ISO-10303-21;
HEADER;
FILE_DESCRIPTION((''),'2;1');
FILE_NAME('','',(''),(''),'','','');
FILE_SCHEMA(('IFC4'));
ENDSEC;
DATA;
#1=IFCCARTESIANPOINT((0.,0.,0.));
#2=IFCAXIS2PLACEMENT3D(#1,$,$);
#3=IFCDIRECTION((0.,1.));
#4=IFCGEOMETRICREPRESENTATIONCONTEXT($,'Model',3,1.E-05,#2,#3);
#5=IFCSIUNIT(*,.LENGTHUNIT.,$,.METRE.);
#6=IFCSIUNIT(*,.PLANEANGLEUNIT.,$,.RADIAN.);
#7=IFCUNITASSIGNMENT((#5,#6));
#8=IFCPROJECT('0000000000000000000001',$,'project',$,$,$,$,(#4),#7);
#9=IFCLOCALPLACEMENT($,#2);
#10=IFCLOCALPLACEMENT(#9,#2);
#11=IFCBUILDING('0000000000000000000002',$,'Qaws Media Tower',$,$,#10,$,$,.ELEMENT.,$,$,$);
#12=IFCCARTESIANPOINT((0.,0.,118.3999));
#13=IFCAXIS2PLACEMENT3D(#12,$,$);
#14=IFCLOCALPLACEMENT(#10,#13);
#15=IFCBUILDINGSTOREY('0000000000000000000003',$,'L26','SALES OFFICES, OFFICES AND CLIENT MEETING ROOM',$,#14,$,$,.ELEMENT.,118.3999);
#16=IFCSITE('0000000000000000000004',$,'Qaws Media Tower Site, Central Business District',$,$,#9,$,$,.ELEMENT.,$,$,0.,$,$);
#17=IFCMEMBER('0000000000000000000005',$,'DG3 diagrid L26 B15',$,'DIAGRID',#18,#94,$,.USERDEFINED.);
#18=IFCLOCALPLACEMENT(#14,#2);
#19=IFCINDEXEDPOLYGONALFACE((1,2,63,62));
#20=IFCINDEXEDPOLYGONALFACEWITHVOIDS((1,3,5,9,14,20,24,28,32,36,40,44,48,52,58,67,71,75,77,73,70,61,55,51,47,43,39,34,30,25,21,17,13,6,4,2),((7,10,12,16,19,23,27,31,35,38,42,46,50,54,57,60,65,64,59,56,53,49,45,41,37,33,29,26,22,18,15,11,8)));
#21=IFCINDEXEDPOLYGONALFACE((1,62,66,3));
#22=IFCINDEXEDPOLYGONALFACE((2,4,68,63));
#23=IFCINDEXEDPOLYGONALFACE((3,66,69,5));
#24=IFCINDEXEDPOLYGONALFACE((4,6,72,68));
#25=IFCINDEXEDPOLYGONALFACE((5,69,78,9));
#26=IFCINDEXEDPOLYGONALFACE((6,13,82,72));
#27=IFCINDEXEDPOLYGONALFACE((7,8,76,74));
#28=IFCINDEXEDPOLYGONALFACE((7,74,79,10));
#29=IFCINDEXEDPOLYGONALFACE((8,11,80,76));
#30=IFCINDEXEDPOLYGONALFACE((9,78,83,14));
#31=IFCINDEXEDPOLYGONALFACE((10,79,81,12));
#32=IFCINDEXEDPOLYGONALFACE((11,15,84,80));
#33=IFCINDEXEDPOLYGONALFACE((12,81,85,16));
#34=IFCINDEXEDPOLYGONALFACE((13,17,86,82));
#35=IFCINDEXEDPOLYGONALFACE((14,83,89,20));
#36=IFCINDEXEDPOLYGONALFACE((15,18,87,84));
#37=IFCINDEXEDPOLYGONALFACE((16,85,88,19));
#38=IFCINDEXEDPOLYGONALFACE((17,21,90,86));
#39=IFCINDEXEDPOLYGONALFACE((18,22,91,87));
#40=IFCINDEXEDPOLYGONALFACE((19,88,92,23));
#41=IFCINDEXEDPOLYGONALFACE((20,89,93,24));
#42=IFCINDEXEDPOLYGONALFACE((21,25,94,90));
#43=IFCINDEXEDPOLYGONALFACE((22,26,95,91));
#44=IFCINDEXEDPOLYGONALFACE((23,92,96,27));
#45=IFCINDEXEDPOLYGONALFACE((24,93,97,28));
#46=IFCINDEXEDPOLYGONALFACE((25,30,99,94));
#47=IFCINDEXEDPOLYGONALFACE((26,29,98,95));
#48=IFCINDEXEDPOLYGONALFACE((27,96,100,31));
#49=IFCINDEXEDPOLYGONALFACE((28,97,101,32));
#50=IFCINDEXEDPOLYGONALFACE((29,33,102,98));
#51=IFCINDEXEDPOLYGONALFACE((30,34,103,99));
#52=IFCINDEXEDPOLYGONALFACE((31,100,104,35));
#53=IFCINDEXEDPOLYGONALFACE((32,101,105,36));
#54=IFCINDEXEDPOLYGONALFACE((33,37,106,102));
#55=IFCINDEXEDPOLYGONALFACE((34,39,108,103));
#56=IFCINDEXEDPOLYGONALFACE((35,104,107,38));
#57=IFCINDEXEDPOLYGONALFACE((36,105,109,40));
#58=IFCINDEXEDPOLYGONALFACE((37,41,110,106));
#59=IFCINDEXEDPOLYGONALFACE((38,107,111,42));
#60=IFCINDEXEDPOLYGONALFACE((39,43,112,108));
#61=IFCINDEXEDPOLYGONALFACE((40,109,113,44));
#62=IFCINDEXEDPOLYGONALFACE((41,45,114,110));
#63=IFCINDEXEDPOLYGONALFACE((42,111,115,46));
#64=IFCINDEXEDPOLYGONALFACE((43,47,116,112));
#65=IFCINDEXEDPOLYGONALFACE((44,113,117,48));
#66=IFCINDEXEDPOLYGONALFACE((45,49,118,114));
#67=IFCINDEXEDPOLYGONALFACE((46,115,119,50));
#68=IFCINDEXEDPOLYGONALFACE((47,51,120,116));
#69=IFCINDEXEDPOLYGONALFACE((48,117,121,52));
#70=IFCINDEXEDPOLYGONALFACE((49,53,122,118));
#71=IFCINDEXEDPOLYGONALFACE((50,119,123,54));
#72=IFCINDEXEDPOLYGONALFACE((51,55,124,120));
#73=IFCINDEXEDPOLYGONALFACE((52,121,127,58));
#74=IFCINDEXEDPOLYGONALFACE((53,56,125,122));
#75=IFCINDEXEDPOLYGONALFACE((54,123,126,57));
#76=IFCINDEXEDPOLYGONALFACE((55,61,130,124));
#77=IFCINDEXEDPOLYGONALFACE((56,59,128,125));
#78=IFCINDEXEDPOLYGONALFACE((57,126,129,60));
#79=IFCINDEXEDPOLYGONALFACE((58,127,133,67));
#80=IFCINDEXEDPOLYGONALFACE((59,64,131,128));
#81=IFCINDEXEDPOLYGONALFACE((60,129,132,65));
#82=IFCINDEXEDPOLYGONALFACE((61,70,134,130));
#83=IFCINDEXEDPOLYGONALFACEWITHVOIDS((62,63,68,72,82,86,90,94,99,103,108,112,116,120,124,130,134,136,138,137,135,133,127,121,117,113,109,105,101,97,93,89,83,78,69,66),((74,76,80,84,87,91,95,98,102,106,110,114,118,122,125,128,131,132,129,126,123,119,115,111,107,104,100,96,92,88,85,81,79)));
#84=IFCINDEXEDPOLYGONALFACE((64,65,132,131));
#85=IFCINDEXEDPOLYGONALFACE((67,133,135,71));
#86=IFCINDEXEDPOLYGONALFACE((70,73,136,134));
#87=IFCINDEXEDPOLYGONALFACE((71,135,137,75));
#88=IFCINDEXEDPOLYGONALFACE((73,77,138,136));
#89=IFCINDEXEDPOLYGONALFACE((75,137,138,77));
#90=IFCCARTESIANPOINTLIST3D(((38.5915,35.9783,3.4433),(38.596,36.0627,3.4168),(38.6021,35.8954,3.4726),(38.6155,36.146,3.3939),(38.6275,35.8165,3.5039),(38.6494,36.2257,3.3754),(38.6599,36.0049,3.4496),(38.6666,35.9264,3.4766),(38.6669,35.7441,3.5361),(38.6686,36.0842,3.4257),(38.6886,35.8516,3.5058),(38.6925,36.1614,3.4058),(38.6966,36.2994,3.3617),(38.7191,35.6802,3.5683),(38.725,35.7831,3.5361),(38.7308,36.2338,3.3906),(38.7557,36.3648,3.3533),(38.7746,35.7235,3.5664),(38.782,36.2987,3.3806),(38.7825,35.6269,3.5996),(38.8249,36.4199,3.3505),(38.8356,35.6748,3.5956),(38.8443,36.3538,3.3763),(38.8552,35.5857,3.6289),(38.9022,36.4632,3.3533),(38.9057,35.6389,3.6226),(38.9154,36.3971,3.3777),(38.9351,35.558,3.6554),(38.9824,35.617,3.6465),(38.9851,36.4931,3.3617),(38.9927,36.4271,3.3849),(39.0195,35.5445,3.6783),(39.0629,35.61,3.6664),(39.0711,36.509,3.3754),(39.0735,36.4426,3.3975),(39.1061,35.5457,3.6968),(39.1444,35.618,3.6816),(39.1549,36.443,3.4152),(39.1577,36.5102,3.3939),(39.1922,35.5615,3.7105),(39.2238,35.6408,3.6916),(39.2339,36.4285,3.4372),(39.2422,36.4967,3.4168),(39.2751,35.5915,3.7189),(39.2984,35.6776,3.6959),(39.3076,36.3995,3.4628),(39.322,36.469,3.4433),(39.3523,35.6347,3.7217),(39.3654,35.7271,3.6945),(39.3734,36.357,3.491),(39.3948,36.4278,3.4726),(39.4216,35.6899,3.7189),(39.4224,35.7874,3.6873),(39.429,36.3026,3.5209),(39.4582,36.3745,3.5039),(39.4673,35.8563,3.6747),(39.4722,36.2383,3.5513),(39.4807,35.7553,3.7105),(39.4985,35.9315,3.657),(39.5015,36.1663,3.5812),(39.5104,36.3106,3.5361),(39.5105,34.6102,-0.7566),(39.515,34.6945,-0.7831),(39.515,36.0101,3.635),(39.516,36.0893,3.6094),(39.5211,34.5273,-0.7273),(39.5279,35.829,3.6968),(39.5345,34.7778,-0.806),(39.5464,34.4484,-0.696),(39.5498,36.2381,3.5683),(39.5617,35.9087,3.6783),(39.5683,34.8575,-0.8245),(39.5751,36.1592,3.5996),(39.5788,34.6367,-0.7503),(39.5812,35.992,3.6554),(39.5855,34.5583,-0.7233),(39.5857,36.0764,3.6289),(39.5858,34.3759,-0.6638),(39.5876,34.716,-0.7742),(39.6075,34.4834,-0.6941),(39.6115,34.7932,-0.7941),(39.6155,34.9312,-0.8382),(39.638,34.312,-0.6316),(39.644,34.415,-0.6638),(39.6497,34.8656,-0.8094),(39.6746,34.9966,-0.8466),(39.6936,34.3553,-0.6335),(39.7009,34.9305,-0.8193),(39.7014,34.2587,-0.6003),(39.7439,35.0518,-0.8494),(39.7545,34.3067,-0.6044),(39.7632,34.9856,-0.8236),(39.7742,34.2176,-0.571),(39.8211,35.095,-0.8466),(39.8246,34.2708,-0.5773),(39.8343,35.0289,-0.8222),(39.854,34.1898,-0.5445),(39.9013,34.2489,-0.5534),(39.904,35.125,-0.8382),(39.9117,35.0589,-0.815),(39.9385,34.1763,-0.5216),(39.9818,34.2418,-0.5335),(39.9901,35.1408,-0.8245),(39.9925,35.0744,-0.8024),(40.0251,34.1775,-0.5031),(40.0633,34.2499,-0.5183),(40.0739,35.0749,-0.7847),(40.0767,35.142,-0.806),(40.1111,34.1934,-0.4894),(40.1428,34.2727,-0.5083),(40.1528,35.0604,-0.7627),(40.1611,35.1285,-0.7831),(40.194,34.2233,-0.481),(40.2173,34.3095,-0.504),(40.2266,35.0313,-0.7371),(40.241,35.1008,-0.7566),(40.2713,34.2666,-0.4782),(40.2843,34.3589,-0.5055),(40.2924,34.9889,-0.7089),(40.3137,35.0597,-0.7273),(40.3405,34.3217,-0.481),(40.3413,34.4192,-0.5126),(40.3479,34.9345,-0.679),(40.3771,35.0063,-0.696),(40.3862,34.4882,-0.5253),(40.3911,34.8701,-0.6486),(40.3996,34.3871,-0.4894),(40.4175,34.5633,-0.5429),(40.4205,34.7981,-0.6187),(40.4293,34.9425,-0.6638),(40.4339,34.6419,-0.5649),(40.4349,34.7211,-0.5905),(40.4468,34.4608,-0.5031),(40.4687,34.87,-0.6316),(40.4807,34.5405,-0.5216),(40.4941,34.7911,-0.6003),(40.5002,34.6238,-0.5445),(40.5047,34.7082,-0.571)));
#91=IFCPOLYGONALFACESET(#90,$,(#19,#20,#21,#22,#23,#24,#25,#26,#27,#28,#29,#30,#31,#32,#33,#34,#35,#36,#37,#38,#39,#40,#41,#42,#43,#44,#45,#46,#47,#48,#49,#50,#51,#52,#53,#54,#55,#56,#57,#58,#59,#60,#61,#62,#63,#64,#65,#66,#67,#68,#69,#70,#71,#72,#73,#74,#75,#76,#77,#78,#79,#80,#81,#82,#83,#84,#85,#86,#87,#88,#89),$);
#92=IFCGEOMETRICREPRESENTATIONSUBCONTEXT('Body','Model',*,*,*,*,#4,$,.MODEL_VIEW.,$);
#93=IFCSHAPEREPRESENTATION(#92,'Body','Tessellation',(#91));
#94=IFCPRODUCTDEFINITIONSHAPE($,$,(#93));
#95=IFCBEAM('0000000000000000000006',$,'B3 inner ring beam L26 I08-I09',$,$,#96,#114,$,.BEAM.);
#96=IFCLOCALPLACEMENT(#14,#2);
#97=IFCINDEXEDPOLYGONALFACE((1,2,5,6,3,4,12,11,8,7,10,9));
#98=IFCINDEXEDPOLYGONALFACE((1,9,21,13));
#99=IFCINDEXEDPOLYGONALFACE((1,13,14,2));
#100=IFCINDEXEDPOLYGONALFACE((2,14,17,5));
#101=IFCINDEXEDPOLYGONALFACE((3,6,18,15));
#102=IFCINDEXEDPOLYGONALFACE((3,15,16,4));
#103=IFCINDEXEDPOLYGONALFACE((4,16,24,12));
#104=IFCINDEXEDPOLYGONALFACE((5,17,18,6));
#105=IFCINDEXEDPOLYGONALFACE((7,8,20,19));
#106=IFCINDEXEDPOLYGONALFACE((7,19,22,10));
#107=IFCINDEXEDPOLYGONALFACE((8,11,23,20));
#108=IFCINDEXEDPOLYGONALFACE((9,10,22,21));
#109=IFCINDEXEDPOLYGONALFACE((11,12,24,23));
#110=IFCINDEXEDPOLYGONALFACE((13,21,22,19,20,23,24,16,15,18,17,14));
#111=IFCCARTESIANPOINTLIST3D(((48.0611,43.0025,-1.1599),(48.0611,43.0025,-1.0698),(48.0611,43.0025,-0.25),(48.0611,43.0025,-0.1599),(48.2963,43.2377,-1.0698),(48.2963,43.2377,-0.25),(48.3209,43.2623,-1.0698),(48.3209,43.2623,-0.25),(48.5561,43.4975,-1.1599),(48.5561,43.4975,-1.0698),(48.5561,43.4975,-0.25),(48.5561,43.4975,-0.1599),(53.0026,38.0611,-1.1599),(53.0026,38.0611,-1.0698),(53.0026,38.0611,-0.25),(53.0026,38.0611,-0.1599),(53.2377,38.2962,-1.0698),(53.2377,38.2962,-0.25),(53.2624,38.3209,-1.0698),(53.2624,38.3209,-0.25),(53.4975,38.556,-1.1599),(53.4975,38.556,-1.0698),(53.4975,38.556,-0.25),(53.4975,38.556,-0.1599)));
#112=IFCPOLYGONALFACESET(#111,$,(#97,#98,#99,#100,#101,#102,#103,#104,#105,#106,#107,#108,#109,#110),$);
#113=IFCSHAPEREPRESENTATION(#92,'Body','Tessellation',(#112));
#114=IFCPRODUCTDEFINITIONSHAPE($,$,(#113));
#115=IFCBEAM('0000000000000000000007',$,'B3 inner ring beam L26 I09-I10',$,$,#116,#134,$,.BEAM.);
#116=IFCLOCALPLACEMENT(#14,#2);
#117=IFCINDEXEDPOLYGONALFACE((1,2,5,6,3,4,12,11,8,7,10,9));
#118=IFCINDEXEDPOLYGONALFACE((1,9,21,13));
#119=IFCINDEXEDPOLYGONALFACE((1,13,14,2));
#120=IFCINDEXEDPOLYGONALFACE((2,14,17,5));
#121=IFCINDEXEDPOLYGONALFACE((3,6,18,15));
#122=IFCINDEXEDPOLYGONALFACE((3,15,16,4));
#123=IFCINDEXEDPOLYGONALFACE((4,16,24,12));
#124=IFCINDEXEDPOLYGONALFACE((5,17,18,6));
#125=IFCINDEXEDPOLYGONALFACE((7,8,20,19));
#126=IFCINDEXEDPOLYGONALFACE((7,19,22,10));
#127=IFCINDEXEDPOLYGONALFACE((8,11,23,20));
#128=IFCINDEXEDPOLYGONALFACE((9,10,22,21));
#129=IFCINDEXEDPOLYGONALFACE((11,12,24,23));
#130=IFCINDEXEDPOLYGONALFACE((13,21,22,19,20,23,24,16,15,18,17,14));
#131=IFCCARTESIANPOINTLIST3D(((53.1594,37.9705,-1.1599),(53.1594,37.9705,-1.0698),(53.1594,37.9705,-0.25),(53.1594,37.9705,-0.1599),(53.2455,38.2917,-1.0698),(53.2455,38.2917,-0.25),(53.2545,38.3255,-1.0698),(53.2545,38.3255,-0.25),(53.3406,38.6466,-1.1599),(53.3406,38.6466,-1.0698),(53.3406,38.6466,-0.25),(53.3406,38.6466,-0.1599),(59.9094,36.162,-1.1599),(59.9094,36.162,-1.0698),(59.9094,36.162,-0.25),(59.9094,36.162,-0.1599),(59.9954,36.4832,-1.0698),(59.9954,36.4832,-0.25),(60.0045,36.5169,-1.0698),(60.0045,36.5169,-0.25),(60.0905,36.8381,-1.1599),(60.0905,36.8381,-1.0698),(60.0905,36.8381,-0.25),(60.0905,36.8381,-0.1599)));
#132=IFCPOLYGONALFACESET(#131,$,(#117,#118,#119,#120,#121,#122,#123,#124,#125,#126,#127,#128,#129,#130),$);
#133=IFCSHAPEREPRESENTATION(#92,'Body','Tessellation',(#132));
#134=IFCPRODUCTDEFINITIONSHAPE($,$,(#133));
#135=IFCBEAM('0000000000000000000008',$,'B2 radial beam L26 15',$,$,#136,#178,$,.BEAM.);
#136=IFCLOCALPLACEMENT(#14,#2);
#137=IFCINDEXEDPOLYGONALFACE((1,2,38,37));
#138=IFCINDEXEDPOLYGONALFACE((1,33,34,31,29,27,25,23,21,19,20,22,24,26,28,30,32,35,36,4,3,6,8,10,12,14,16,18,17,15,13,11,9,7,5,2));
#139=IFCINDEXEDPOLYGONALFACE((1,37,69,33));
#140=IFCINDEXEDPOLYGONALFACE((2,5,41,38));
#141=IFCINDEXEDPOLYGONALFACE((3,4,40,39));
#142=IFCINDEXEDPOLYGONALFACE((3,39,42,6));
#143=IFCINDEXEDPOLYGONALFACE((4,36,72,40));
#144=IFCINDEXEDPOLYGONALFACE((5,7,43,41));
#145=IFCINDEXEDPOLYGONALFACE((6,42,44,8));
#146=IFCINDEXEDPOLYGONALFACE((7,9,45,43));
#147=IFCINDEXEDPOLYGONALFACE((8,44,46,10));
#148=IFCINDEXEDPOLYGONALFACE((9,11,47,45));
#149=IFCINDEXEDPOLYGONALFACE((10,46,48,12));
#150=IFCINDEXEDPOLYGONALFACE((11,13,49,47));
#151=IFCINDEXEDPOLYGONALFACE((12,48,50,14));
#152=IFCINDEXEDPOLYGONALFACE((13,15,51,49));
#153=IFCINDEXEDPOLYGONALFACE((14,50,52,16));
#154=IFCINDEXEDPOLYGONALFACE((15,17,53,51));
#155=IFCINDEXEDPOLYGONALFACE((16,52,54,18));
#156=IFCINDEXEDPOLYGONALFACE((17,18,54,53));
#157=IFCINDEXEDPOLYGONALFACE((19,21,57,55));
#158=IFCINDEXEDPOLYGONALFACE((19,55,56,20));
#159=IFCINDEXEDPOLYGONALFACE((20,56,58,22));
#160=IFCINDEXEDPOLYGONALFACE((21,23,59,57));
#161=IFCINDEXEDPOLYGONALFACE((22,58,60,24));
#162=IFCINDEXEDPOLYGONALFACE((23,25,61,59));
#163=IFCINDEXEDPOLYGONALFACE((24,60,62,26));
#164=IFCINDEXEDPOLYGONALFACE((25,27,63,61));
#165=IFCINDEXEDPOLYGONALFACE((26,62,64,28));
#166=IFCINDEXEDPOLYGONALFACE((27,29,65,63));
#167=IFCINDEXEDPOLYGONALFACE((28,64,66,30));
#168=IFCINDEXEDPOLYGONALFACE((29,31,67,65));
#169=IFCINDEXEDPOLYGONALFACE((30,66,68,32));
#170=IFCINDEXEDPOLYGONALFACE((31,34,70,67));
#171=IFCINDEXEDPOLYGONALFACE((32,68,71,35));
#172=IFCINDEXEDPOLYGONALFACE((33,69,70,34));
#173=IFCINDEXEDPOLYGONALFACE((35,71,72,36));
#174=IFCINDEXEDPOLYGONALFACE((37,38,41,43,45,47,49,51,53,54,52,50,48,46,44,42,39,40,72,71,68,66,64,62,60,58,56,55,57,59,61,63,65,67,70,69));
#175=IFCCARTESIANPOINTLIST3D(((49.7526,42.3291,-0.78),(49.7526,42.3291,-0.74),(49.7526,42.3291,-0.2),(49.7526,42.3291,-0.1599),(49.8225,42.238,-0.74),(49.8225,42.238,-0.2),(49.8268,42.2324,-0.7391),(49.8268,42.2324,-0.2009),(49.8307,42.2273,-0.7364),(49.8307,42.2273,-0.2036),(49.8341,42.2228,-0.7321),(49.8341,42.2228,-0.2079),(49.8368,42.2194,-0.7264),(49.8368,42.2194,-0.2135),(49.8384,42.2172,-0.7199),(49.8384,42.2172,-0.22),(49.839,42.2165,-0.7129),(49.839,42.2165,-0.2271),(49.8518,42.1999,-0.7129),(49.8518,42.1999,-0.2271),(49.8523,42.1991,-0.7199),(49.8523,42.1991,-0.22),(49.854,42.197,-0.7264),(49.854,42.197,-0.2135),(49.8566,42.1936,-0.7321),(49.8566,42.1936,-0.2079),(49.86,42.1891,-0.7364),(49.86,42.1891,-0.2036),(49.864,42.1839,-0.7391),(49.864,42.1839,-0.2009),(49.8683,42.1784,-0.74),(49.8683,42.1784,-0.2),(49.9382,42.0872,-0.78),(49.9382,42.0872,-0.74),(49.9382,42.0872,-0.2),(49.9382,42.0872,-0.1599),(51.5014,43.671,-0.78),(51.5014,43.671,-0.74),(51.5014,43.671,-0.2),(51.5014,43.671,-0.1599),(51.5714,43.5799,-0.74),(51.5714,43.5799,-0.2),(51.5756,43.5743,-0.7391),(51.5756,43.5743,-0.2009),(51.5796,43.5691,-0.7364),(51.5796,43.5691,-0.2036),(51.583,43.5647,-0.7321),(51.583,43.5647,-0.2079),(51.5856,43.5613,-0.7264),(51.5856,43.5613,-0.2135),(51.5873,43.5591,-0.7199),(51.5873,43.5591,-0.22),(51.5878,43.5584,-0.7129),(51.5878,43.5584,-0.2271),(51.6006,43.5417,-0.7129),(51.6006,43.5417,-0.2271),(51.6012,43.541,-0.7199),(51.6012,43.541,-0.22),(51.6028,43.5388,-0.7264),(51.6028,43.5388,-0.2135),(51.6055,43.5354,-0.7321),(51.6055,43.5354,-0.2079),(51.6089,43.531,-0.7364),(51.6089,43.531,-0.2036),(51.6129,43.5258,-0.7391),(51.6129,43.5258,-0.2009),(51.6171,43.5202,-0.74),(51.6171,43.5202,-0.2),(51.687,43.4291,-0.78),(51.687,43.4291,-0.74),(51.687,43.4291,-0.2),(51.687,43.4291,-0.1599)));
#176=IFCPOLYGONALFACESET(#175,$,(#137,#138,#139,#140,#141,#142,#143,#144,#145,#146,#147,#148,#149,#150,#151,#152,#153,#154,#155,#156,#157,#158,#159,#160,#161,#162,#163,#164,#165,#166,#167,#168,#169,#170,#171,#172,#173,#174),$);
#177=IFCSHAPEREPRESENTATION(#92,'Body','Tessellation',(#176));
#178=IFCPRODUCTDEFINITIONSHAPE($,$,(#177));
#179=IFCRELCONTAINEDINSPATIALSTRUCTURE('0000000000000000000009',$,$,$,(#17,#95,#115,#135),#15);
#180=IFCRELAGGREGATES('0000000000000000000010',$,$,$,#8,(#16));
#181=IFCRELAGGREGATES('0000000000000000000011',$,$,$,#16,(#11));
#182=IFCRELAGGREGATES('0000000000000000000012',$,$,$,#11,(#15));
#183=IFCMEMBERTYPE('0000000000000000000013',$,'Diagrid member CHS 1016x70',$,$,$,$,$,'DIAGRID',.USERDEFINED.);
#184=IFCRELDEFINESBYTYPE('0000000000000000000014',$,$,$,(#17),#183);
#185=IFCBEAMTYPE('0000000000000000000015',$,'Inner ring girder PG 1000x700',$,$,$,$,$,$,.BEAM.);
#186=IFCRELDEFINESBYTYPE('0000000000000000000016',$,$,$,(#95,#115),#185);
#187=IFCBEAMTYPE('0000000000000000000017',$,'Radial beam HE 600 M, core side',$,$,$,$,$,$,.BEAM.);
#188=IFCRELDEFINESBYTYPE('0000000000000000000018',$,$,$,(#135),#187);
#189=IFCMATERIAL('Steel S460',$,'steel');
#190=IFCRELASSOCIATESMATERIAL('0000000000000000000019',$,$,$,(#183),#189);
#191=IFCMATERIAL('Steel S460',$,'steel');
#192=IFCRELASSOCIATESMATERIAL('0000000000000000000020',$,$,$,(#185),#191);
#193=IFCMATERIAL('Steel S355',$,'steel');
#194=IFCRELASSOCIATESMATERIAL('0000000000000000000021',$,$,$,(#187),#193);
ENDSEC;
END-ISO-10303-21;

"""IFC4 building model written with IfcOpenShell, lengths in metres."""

from ifc_helpers import new_model, si_unit, direction, frame, origin, origin_2d, place, context, subcontext, project, spatial, hollow_circle, i_section, extrude, material, material_profile, profile_set, type_object, element, save


model = new_model("IFC4")

# Units and contexts
model_context = context("Model", 3, precision=1e-05, world=origin(), true_north=direction((0.0, 1.0)))
body_context = subcontext(model_context, "Body", "Model", "MODEL_VIEW")
ifc_project = project(units=[si_unit("LENGTHUNIT", "METRE"), si_unit("PLANEANGLEUNIT", "RADIAN")], contexts=[model_context])

# Site, building, storey
site_placement = place(None, origin())
site = spatial("IfcSite", under=ifc_project, at=site_placement, Name="Qaws Media Tower Site, Central Business District", CompositionType="ELEMENT", RefElevation=0.0)
building_placement = place(site_placement, origin())
building = spatial("IfcBuilding", under=site, at=building_placement, Name="Qaws Media Tower", CompositionType="ELEMENT")
storey_placement = place(building_placement, frame((0.0, 0.0, 118.3999)))
storey = spatial("IfcBuildingStorey", under=building, at=storey_placement, Name="L26", Description="SALES OFFICES, OFFICES AND CLIENT MEETING ROOM", CompositionType="ELEMENT", Elevation=118.3999)

# Member
ifc_material_1 = material(Name="Steel S460", Category="steel")
ifc_material_profile_1 = material_profile(ifc_material_1, hollow_circle(Radius=0.5081, WallThickness=0.0701, at=origin_2d()), Name="CHS 1016x70")
ifc_profile_set_1 = profile_set([ifc_material_profile_1], Name="Steel S460")
member_type_1 = type_object("IfcMemberType", Name="Diagrid member CHS 1016x70", ElementType="DIAGRID", PredefinedType="USERDEFINED", material=ifc_profile_set_1)
for number, where, z_axis, x_axis, name in (
    (1, (40.0076, 34.6592, -0.6638), (-0.203678, 0.303244, 0.930891), (-0.830131, -0.557568, 0.0), "DG3 diagrid L26 B15"),
):
    element("IfcMember", number, at=place(storey_placement, frame(where, z_axis=z_axis, x_axis=x_axis)), inside=storey, type_object=member_type_1, Name=name, ObjectType="DIAGRID", PredefinedType="USERDEFINED", context=body_context, shape_type="SweptSolid", body=[
        extrude(hollow_circle(Radius=0.5081, WallThickness=0.0701, at=origin_2d()), origin(), (0.0, 0.0, 1.0), 4.5117),
    ])

# Beams
ifc_material_2 = material(Name="Steel S460", Category="steel")
ifc_material_profile_2 = material_profile(ifc_material_2, i_section(OverallWidth=0.7, OverallDepth=1.0, WebThickness=0.0349, FlangeThickness=0.0901, at=origin_2d()), Name="PG 1000x700")
ifc_profile_set_2 = profile_set([ifc_material_profile_2], Name="Steel S460")
beam_type_1 = type_object("IfcBeamType", Name="Inner ring girder PG 1000x700", PredefinedType="BEAM", material=ifc_profile_set_2)
beam_1_placement = place(storey_placement, frame((48.3086, 43.25, -0.6599), z_axis=(0.707107, -0.707107, 0.0), x_axis=(0.707107, 0.707107, 0.0)))
element("IfcBeam", 2, at=beam_1_placement, inside=storey, type_object=beam_type_1, Name="B3 inner ring beam L26 I08-I09", PredefinedType="BEAM", context=body_context, shape_type="SweptSolid", body=[
    extrude(i_section(OverallWidth=0.7, OverallDepth=1.0, WebThickness=0.0349, FlangeThickness=0.0901, at=origin_2d()), origin(), (0.0, 0.0, 1.0), 6.9883),
])
beam_2_placement = place(storey_placement, frame((53.25, 38.3086, -0.6599), z_axis=(0.965928, -0.258811, 0.0), x_axis=(0.258811, 0.965928, 0.0)))
element("IfcBeam", 3, at=beam_2_placement, inside=storey, type_object=beam_type_1, Name="B3 inner ring beam L26 I09-I10", PredefinedType="BEAM", context=body_context, shape_type="SweptSolid", body=[
    extrude(i_section(OverallWidth=0.7, OverallDepth=1.0, WebThickness=0.0349, FlangeThickness=0.0901, at=origin_2d()), origin(), (0.0, 0.0, 1.0), 6.988),
])
ifc_material_3 = material(Name="Steel S355", Category="steel")
ifc_material_profile_3 = material_profile(ifc_material_3, i_section(OverallWidth=0.3049, OverallDepth=0.6201, WebThickness=0.021, FlangeThickness=0.04, FilletRadius=0.0271, at=origin_2d()), Name="HE 600 M")
ifc_profile_set_3 = profile_set([ifc_material_profile_3], Name="Steel S355")
beam_type_2 = type_object("IfcBeamType", Name="Radial beam HE 600 M, core side", PredefinedType="BEAM", material=ifc_profile_set_3)
beam_3_placement = place(storey_placement, frame((51.5942, 43.55, -0.47), z_axis=(-0.793373, -0.608736, 0.0), x_axis=(0.608736, -0.793373, 0.0)))
element("IfcBeam", 4, at=beam_3_placement, inside=storey, type_object=beam_type_2, Name="B2 radial beam L26 15", PredefinedType="BEAM", context=body_context, shape_type="SweptSolid", body=[
    extrude(i_section(OverallWidth=0.3049, OverallDepth=0.6201, WebThickness=0.021, FlangeThickness=0.04, FilletRadius=0.0271, at=origin_2d()), origin(), (0.0, 0.0, 1.0), 2.2043),
])

save(model, "model.ifc")
